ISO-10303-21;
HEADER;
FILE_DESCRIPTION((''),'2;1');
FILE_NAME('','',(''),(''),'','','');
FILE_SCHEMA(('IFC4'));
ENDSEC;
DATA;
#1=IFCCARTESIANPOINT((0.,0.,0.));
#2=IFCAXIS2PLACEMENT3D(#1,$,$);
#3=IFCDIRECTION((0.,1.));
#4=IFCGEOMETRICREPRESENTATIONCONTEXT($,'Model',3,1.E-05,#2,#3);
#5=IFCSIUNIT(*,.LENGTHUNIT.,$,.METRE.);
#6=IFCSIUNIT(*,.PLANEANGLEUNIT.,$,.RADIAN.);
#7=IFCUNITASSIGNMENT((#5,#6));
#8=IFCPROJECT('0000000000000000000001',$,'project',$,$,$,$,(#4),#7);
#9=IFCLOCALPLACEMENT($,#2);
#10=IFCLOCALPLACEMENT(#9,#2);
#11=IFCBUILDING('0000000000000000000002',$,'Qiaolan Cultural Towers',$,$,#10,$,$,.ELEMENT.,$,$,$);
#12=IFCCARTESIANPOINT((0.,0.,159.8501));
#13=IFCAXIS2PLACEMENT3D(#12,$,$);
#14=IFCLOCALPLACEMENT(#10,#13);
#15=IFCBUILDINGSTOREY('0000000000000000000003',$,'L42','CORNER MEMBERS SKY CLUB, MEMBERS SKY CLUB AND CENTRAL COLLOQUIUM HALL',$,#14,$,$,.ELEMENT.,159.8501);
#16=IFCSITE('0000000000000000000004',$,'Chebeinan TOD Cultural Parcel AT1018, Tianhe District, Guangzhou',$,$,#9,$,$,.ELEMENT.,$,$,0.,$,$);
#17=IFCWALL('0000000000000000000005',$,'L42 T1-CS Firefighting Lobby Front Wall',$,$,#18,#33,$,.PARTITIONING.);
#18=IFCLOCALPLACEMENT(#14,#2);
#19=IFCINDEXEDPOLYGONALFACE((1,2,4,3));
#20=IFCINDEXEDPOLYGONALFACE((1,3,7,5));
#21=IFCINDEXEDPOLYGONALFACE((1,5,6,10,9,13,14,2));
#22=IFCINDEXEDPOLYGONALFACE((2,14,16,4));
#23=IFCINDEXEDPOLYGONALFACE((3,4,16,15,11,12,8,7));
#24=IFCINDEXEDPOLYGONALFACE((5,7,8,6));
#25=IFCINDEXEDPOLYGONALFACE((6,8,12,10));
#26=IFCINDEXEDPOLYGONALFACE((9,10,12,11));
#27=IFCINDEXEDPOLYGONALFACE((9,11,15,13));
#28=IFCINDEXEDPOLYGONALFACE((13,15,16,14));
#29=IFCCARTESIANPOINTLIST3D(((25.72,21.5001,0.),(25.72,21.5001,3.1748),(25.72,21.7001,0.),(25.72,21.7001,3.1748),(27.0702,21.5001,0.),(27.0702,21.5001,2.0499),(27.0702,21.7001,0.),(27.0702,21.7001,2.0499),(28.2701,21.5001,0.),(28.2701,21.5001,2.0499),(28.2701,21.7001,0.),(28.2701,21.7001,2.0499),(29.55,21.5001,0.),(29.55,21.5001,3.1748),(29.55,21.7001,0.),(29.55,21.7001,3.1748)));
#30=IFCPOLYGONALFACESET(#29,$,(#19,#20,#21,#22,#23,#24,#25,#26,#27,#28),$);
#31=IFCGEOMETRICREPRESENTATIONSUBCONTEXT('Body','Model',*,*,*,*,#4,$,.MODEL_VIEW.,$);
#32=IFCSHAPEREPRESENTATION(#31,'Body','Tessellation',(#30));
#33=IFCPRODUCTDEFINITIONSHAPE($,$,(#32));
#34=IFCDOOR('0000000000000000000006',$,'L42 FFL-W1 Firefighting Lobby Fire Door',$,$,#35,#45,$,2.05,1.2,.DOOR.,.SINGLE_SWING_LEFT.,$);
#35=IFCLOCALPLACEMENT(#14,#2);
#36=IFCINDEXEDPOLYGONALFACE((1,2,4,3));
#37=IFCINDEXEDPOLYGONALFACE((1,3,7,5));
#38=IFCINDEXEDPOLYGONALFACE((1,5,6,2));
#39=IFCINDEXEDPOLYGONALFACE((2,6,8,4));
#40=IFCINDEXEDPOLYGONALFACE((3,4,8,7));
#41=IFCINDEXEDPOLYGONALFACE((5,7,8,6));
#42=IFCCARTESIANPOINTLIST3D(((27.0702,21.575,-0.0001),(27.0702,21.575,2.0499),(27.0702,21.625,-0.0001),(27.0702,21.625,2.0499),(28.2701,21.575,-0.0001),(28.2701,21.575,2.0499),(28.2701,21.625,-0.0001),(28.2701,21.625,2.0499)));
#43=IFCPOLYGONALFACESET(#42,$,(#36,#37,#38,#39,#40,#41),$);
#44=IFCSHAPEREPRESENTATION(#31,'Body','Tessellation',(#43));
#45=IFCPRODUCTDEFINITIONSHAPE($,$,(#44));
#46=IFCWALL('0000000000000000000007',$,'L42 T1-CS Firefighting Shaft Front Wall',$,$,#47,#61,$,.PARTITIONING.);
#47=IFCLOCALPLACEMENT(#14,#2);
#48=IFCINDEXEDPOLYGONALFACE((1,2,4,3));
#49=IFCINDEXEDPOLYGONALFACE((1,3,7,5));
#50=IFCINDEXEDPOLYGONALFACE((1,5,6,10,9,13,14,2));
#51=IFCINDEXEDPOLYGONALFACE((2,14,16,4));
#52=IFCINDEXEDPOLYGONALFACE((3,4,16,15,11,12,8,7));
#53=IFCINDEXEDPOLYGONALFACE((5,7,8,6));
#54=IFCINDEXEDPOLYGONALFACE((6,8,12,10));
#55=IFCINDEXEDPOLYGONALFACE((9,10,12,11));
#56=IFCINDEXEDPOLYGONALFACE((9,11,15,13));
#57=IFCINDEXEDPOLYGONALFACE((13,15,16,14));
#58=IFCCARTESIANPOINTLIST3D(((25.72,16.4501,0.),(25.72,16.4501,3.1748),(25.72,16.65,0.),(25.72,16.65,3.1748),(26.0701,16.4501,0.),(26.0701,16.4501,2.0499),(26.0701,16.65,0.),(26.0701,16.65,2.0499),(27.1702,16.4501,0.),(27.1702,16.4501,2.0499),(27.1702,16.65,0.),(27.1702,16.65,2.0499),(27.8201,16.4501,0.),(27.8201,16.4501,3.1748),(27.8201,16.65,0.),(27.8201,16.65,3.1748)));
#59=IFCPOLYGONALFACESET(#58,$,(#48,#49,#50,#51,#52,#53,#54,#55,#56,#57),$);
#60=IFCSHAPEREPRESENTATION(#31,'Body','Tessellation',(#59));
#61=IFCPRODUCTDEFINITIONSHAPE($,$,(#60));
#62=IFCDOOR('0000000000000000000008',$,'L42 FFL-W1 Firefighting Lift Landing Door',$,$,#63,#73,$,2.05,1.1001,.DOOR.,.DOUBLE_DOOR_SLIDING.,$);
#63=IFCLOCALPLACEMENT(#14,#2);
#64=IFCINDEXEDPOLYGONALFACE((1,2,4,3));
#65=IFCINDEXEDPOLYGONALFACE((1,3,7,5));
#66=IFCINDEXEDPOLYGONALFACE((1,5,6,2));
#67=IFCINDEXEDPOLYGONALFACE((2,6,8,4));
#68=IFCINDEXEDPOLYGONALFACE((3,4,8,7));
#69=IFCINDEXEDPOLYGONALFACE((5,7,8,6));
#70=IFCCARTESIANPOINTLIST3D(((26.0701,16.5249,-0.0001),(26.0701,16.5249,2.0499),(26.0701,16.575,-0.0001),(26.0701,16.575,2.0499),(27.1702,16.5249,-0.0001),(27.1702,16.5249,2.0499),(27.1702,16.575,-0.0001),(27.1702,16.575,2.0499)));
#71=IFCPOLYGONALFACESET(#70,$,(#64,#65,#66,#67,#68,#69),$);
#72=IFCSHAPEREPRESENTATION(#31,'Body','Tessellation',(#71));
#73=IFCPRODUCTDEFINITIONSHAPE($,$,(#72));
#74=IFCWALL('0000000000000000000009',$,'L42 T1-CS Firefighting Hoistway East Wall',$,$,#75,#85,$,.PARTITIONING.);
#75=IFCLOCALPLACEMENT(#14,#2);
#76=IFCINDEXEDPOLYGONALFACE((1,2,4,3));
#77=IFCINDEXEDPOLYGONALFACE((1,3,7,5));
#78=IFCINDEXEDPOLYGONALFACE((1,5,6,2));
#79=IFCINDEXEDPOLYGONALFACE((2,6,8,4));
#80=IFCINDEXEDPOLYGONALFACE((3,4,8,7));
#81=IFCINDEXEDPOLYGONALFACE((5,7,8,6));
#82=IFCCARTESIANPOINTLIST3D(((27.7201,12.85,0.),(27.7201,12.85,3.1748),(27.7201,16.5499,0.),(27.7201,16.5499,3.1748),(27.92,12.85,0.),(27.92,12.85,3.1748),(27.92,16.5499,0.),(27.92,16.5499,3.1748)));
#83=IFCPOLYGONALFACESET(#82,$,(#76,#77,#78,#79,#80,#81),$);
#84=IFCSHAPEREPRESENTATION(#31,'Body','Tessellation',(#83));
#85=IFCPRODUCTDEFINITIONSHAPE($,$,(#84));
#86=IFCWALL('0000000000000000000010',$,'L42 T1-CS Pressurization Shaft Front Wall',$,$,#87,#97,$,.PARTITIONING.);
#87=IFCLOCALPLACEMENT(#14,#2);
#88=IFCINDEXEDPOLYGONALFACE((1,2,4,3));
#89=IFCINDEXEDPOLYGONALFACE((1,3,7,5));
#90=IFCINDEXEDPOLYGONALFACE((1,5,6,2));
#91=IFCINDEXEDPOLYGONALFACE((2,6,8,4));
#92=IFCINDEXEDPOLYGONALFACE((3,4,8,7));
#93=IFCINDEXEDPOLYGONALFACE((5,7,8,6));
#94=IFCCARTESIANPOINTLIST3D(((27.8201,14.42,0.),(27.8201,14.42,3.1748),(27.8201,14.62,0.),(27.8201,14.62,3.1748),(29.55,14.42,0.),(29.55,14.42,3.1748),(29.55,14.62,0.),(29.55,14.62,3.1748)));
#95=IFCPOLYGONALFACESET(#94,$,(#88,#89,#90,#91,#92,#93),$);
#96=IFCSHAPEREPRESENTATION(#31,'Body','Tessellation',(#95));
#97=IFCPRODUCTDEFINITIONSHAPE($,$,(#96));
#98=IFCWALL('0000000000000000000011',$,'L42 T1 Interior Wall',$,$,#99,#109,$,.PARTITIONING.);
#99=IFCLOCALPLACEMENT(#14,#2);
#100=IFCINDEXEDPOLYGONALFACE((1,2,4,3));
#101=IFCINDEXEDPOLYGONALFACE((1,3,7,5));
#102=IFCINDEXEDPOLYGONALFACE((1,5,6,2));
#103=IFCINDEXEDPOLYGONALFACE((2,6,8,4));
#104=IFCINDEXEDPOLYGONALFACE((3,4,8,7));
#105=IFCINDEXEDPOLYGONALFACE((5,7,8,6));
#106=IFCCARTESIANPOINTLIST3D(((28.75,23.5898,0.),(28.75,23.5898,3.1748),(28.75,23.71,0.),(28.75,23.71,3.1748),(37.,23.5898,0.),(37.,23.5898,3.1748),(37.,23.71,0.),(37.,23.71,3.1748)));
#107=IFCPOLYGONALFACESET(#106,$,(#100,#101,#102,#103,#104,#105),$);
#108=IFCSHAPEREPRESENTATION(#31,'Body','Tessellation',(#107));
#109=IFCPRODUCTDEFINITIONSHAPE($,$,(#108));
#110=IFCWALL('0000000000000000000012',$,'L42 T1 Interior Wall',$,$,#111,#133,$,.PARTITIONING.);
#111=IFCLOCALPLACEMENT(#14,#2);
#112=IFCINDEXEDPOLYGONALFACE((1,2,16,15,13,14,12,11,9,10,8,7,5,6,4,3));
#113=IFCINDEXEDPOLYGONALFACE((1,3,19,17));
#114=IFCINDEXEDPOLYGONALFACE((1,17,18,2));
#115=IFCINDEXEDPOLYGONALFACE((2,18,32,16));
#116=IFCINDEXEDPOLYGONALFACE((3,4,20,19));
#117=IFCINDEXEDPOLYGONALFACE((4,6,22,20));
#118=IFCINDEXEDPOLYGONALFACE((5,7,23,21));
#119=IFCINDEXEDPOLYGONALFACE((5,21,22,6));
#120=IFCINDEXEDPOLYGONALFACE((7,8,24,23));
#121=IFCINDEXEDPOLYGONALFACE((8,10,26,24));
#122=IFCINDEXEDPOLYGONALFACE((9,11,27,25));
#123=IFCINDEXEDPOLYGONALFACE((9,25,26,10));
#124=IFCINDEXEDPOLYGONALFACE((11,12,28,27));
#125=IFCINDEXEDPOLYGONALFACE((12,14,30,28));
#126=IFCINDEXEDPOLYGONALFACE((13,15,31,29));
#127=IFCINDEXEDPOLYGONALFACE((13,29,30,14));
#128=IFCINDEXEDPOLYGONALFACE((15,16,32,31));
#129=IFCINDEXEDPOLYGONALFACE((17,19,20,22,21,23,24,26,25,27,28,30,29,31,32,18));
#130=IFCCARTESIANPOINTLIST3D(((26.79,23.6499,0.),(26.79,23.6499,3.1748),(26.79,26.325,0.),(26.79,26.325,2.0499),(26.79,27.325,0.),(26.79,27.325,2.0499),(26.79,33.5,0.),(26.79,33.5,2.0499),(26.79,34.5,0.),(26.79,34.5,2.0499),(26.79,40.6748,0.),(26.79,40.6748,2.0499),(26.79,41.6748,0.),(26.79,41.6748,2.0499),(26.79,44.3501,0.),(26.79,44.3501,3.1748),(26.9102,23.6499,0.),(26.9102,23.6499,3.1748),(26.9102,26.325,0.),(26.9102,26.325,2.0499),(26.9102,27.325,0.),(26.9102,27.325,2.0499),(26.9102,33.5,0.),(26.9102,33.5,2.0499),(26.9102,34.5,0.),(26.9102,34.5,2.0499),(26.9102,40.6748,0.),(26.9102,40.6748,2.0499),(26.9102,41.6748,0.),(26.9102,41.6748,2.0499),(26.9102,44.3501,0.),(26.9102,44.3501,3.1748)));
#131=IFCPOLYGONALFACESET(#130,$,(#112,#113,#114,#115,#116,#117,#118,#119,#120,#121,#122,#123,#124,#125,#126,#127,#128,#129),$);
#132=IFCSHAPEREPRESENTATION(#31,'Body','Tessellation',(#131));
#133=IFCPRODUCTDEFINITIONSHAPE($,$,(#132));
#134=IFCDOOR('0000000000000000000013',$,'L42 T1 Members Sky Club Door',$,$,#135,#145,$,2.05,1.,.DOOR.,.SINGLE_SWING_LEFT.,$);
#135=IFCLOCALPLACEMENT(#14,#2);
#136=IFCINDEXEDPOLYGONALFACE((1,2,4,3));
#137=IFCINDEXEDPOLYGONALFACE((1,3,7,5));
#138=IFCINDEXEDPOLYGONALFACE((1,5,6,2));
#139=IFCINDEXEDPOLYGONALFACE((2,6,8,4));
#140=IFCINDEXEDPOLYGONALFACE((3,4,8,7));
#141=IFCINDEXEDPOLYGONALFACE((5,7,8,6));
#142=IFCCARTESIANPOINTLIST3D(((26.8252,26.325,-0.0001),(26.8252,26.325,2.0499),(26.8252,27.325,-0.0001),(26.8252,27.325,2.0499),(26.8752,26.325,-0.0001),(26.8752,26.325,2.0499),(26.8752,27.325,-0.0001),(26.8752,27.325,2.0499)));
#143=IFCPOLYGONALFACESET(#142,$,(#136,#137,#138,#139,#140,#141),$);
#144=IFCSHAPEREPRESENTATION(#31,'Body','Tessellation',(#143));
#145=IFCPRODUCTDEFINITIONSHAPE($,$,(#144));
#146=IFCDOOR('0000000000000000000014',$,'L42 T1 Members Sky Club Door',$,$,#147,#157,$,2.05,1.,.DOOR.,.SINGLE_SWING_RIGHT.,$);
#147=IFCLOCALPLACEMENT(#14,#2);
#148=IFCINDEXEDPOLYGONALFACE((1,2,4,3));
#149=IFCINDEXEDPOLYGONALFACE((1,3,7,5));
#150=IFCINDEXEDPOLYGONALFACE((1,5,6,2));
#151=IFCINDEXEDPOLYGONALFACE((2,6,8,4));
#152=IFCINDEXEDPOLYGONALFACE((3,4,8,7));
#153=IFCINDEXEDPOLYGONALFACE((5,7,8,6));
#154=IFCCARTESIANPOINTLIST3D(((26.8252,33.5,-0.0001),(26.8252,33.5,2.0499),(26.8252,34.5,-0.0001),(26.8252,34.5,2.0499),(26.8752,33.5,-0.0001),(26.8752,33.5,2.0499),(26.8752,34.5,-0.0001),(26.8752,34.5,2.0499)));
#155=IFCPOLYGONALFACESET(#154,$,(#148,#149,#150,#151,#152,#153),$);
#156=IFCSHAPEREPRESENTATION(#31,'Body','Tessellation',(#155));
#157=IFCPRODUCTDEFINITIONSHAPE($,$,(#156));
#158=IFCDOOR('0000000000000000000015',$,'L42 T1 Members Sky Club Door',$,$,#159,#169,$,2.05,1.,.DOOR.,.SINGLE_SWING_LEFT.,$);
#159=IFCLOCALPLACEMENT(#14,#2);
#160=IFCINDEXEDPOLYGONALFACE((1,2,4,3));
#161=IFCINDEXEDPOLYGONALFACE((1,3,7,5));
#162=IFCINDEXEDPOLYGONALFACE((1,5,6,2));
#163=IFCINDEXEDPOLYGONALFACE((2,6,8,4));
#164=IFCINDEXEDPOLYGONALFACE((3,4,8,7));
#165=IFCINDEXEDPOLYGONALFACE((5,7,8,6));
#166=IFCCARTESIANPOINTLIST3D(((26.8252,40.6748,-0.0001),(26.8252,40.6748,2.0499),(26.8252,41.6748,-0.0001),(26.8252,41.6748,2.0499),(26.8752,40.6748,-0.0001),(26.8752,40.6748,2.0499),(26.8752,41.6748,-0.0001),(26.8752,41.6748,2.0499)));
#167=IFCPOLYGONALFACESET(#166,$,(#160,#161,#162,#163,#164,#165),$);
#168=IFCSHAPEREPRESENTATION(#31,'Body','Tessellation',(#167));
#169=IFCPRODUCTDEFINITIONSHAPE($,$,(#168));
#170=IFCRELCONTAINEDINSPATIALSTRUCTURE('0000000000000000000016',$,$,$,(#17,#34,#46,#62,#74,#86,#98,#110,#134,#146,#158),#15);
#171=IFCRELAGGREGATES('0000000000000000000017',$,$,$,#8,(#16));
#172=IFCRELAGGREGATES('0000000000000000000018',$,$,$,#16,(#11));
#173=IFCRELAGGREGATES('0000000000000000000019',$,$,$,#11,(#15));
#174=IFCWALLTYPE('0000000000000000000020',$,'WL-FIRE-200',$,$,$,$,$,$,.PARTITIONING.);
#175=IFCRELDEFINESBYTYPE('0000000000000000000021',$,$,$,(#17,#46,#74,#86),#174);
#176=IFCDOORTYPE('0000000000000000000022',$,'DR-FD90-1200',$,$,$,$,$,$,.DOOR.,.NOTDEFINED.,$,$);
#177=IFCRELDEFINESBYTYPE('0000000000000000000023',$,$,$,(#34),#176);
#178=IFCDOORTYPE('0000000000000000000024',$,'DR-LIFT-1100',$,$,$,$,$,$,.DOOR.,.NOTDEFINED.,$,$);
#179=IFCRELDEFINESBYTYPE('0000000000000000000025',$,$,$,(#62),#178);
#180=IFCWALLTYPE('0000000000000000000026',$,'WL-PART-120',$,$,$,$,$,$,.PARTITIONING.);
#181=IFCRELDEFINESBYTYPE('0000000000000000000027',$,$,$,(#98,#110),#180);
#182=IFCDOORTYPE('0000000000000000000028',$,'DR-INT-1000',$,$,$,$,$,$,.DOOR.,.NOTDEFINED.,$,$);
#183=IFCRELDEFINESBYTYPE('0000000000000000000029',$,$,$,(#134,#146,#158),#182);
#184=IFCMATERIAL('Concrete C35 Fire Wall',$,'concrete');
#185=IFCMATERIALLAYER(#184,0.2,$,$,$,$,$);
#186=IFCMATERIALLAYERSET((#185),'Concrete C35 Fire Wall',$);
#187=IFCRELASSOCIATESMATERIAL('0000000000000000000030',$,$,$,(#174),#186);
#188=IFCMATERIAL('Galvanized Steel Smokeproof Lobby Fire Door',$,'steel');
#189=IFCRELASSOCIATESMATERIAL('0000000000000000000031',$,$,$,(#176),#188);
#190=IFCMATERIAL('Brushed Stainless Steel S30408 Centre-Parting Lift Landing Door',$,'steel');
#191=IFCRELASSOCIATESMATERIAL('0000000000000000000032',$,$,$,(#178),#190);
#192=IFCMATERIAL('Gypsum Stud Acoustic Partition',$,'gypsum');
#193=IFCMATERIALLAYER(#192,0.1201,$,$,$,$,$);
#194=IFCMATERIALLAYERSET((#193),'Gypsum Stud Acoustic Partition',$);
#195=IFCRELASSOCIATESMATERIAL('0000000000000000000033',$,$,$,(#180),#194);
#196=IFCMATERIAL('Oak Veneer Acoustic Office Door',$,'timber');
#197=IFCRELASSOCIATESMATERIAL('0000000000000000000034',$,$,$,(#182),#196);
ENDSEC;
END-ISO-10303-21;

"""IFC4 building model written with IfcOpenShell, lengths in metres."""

from ifc_helpers import new_model, si_unit, direction, frame, frame_2d, origin, place, context, subcontext, project, spatial, rectangle, extrude, material, layer, layer_set, type_object, element, fill, save


model = new_model("IFC4")

# Units and contexts
model_context = context("Model", 3, precision=1e-05, world=origin(), true_north=direction((0.0, 1.0)))
body_context = subcontext(model_context, "Body", "Model", "MODEL_VIEW")
ifc_project = project(units=[si_unit("LENGTHUNIT", "METRE"), si_unit("PLANEANGLEUNIT", "RADIAN")], contexts=[model_context])

# Site, building, storey
site_placement = place(None, origin())
site = spatial("IfcSite", under=ifc_project, at=site_placement, Name="Chebeinan TOD Cultural Parcel AT1018, Tianhe District, Guangzhou", CompositionType="ELEMENT", RefElevation=0.0)
building_placement = place(site_placement, origin())
building = spatial("IfcBuilding", under=site, at=building_placement, Name="Qiaolan Cultural Towers", CompositionType="ELEMENT")
storey_placement = place(building_placement, frame((0.0, 0.0, 159.8501)))
storey = spatial("IfcBuildingStorey", under=building, at=storey_placement, Name="L42", Description="CORNER MEMBERS SKY CLUB, MEMBERS SKY CLUB AND CENTRAL COLLOQUIUM HALL", CompositionType="ELEMENT", Elevation=159.8501)

# Walls, openings, doors
ifc_material_1 = material(Name="Concrete C35 Fire Wall", Category="concrete")
ifc_layer_1 = layer(ifc_material_1, 0.2)
ifc_layer_set_1 = layer_set([ifc_layer_1], Name="Concrete C35 Fire Wall")
wall_type_1 = type_object("IfcWallType", Name="WL-FIRE-200", PredefinedType="PARTITIONING", material=ifc_layer_set_1)
wall_1_placement = place(storey_placement, frame((25.72, 21.6001, 0.0), z_axis=(0.0, 0.0, 1.0), x_axis=(1.0, 0.0, 0.0)))
wall_1 = element("IfcWall", 1, at=wall_1_placement, inside=storey, type_object=wall_type_1, Name="L42 T1-CS Firefighting Lobby Front Wall", PredefinedType="PARTITIONING", context=body_context, shape_type="SweptSolid", body=[
    extrude(rectangle(XDim=3.8301, YDim=0.2, at=frame_2d((1.915, 0.0))), origin(), (0.0, 0.0, 1.0), 3.1748),
])
opening_1_placement = place(wall_1_placement, frame((1.3501, 0.0, 0.0)))
opening_1 = element("IfcOpeningElement", 2, at=opening_1_placement, cuts=wall_1, PredefinedType="OPENING", context=body_context, shape_type="SweptSolid", body=[
    extrude(rectangle(XDim=1.2, YDim=2.05, at=frame_2d((0.6001, 1.0249))), frame((0.0, 0.1099, 0.0), z_axis=(0.0, -1.0, 0.0), x_axis=(1.0, 0.0, 0.0)), (0.0, 0.0, 1.0), 0.22),
])
ifc_material_2 = material(Name="Galvanized Steel Smokeproof Lobby Fire Door", Category="steel")
door_type_1 = type_object("IfcDoorType", Name="DR-FD90-1200", OperationType="NOTDEFINED", PredefinedType="DOOR", material=ifc_material_2)
door_1_placement = place(opening_1_placement, origin())
door_1 = element("IfcDoor", 3, at=door_1_placement, inside=storey, type_object=door_type_1, Name="L42 FFL-W1 Firefighting Lobby Fire Door", OperationType="SINGLE_SWING_LEFT", OverallHeight=2.05, OverallWidth=1.2, PredefinedType="DOOR", context=body_context, shape_type="SweptSolid", body=[
    extrude(rectangle(XDim=1.2, YDim=2.05, at=frame_2d((0.6001, 1.0249))), frame((0.0, 0.0249, 0.0), z_axis=(0.0, -1.0, 0.0), x_axis=(1.0, 0.0, 0.0)), (0.0, 0.0, 1.0), 0.05),
])
fill(opening_1, door_1)
wall_2_placement = place(storey_placement, frame((25.72, 16.55, 0.0), z_axis=(0.0, 0.0, 1.0), x_axis=(1.0, 0.0, 0.0)))
wall_2 = element("IfcWall", 4, at=wall_2_placement, inside=storey, type_object=wall_type_1, Name="L42 T1-CS Firefighting Shaft Front Wall", PredefinedType="PARTITIONING", context=body_context, shape_type="SweptSolid", body=[
    extrude(rectangle(XDim=2.1001, YDim=0.2, at=frame_2d((1.05, 0.0))), origin(), (0.0, 0.0, 1.0), 3.1748),
])
opening_2_placement = place(wall_2_placement, frame((0.3501, 0.0, 0.0)))
opening_2 = element("IfcOpeningElement", 5, at=opening_2_placement, cuts=wall_2, PredefinedType="OPENING", context=body_context, shape_type="SweptSolid", body=[
    extrude(rectangle(XDim=1.1001, YDim=2.05, at=frame_2d((0.55, 1.0249))), frame((0.0, 0.1099, 0.0), z_axis=(0.0, -1.0, 0.0), x_axis=(1.0, 0.0, 0.0)), (0.0, 0.0, 1.0), 0.22),
])
ifc_material_3 = material(Name="Brushed Stainless Steel S30408 Centre-Parting Lift Landing Door", Category="steel")
door_type_2 = type_object("IfcDoorType", Name="DR-LIFT-1100", OperationType="NOTDEFINED", PredefinedType="DOOR", material=ifc_material_3)
door_2_placement = place(opening_2_placement, origin())
door_2 = element("IfcDoor", 6, at=door_2_placement, inside=storey, type_object=door_type_2, Name="L42 FFL-W1 Firefighting Lift Landing Door", OperationType="DOUBLE_DOOR_SLIDING", OverallHeight=2.05, OverallWidth=1.1001, PredefinedType="DOOR", context=body_context, shape_type="SweptSolid", body=[
    extrude(rectangle(XDim=1.1001, YDim=2.05, at=frame_2d((0.55, 1.0249))), frame((0.0, 0.0249, 0.0), z_axis=(0.0, -1.0, 0.0), x_axis=(1.0, 0.0, 0.0)), (0.0, 0.0, 1.0), 0.05),
])
fill(opening_2, door_2)

# Walls
wall_3_placement = place(storey_placement, frame((27.8201, 16.55, 0.0), z_axis=(0.0, 0.0, 1.0), x_axis=(0.0, -1.0, 0.0)))
element("IfcWall", 7, at=wall_3_placement, inside=storey, type_object=wall_type_1, Name="L42 T1-CS Firefighting Hoistway East Wall", PredefinedType="PARTITIONING", context=body_context, shape_type="SweptSolid", body=[
    extrude(rectangle(XDim=3.7, YDim=0.2, at=frame_2d((1.8501, 0.0))), origin(), (0.0, 0.0, 1.0), 3.1748),
])
wall_4_placement = place(storey_placement, frame((27.8201, 14.52, 0.0), z_axis=(0.0, 0.0, 1.0), x_axis=(1.0, 0.0, 0.0)))
element("IfcWall", 8, at=wall_4_placement, inside=storey, type_object=wall_type_1, Name="L42 T1-CS Pressurization Shaft Front Wall", PredefinedType="PARTITIONING", context=body_context, shape_type="SweptSolid", body=[
    extrude(rectangle(XDim=1.73, YDim=0.2, at=frame_2d((0.865, 0.0))), origin(), (0.0, 0.0, 1.0), 3.1748),
])
ifc_material_4 = material(Name="Gypsum Stud Acoustic Partition", Category="gypsum")
ifc_layer_2 = layer(ifc_material_4, 0.1201)
ifc_layer_set_2 = layer_set([ifc_layer_2], Name="Gypsum Stud Acoustic Partition")
wall_type_2 = type_object("IfcWallType", Name="WL-PART-120", PredefinedType="PARTITIONING", material=ifc_layer_set_2)
wall_5_placement = place(storey_placement, frame((28.75, 23.6499, 0.0), z_axis=(0.0, 0.0, 1.0), x_axis=(1.0, 0.0, 0.0)))
element("IfcWall", 9, at=wall_5_placement, inside=storey, type_object=wall_type_2, Name="L42 T1 Interior Wall", PredefinedType="PARTITIONING", context=body_context, shape_type="SweptSolid", body=[
    extrude(rectangle(XDim=8.25, YDim=0.1201, at=frame_2d((4.125, 0.0))), origin(), (0.0, 0.0, 1.0), 3.1748),
])

# Wall, openings, doors
wall_6_placement = place(storey_placement, frame((26.8501, 23.6499, 0.0), z_axis=(0.0, 0.0, 1.0), x_axis=(0.0, 1.0, 0.0)))
wall_6 = element("IfcWall", 10, at=wall_6_placement, inside=storey, type_object=wall_type_2, Name="L42 T1 Interior Wall", PredefinedType="PARTITIONING", context=body_context, shape_type="SweptSolid", body=[
    extrude(rectangle(XDim=20.7002, YDim=0.1201, at=frame_2d((10.3501, 0.0))), origin(), (0.0, 0.0, 1.0), 3.1748),
])
opening_3_placement = place(wall_6_placement, frame((2.675, 0.0, 0.0)))
opening_3 = element("IfcOpeningElement", 11, at=opening_3_placement, cuts=wall_6, PredefinedType="OPENING", context=body_context, shape_type="SweptSolid", body=[
    extrude(rectangle(XDim=1.0, YDim=2.05, at=frame_2d((0.5, 1.0249))), frame((0.0, 0.0701, 0.0), z_axis=(0.0, -1.0, 0.0), x_axis=(1.0, 0.0, 0.0)), (0.0, 0.0, 1.0), 0.1401),
])
opening_4_placement = place(wall_6_placement, frame((9.8501, 0.0, 0.0)))
opening_4 = element("IfcOpeningElement", 12, at=opening_4_placement, cuts=wall_6, PredefinedType="OPENING", context=body_context, shape_type="SweptSolid", body=[
    extrude(rectangle(XDim=1.0, YDim=2.05, at=frame_2d((0.5, 1.0249))), frame((0.0, 0.0701, 0.0), z_axis=(0.0, -1.0, 0.0), x_axis=(1.0, 0.0, 0.0)), (0.0, 0.0, 1.0), 0.1401),
])
opening_5_placement = place(wall_6_placement, frame((17.0249, 0.0, 0.0)))
opening_5 = element("IfcOpeningElement", 13, at=opening_5_placement, cuts=wall_6, PredefinedType="OPENING", context=body_context, shape_type="SweptSolid", body=[
    extrude(rectangle(XDim=1.0, YDim=2.05, at=frame_2d((0.5, 1.0249))), frame((0.0, 0.0701, 0.0), z_axis=(0.0, -1.0, 0.0), x_axis=(1.0, 0.0, 0.0)), (0.0, 0.0, 1.0), 0.1401),
])
ifc_material_5 = material(Name="Oak Veneer Acoustic Office Door", Category="timber")
door_type_3 = type_object("IfcDoorType", Name="DR-INT-1000", OperationType="NOTDEFINED", PredefinedType="DOOR", material=ifc_material_5)
door_3_placement = place(opening_3_placement, origin())
door_3 = element("IfcDoor", 14, at=door_3_placement, inside=storey, type_object=door_type_3, Name="L42 T1 Members Sky Club Door", OperationType="SINGLE_SWING_LEFT", OverallHeight=2.05, OverallWidth=1.0, PredefinedType="DOOR", context=body_context, shape_type="SweptSolid", body=[
    extrude(rectangle(XDim=1.0, YDim=2.05, at=frame_2d((0.5, 1.0249))), frame((0.0, 0.0249, 0.0), z_axis=(0.0, -1.0, 0.0), x_axis=(1.0, 0.0, 0.0)), (0.0, 0.0, 1.0), 0.05),
])
fill(opening_3, door_3)
door_4_placement = place(opening_4_placement, origin())
door_4 = element("IfcDoor", 15, at=door_4_placement, inside=storey, type_object=door_type_3, Name="L42 T1 Members Sky Club Door", OperationType="SINGLE_SWING_RIGHT", OverallHeight=2.05, OverallWidth=1.0, PredefinedType="DOOR", context=body_context, shape_type="SweptSolid", body=[
    extrude(rectangle(XDim=1.0, YDim=2.05, at=frame_2d((0.5, 1.0249))), frame((0.0, 0.0249, 0.0), z_axis=(0.0, -1.0, 0.0), x_axis=(1.0, 0.0, 0.0)), (0.0, 0.0, 1.0), 0.05),
])
fill(opening_4, door_4)
door_5_placement = place(opening_5_placement, origin())
door_5 = element("IfcDoor", 16, at=door_5_placement, inside=storey, type_object=door_type_3, Name="L42 T1 Members Sky Club Door", OperationType="SINGLE_SWING_LEFT", OverallHeight=2.05, OverallWidth=1.0, PredefinedType="DOOR", context=body_context, shape_type="SweptSolid", body=[
    extrude(rectangle(XDim=1.0, YDim=2.05, at=frame_2d((0.5, 1.0249))), frame((0.0, 0.0249, 0.0), z_axis=(0.0, -1.0, 0.0), x_axis=(1.0, 0.0, 0.0)), (0.0, 0.0, 1.0), 0.05),
])
fill(opening_5, door_5)

save(model, "model.ifc")
